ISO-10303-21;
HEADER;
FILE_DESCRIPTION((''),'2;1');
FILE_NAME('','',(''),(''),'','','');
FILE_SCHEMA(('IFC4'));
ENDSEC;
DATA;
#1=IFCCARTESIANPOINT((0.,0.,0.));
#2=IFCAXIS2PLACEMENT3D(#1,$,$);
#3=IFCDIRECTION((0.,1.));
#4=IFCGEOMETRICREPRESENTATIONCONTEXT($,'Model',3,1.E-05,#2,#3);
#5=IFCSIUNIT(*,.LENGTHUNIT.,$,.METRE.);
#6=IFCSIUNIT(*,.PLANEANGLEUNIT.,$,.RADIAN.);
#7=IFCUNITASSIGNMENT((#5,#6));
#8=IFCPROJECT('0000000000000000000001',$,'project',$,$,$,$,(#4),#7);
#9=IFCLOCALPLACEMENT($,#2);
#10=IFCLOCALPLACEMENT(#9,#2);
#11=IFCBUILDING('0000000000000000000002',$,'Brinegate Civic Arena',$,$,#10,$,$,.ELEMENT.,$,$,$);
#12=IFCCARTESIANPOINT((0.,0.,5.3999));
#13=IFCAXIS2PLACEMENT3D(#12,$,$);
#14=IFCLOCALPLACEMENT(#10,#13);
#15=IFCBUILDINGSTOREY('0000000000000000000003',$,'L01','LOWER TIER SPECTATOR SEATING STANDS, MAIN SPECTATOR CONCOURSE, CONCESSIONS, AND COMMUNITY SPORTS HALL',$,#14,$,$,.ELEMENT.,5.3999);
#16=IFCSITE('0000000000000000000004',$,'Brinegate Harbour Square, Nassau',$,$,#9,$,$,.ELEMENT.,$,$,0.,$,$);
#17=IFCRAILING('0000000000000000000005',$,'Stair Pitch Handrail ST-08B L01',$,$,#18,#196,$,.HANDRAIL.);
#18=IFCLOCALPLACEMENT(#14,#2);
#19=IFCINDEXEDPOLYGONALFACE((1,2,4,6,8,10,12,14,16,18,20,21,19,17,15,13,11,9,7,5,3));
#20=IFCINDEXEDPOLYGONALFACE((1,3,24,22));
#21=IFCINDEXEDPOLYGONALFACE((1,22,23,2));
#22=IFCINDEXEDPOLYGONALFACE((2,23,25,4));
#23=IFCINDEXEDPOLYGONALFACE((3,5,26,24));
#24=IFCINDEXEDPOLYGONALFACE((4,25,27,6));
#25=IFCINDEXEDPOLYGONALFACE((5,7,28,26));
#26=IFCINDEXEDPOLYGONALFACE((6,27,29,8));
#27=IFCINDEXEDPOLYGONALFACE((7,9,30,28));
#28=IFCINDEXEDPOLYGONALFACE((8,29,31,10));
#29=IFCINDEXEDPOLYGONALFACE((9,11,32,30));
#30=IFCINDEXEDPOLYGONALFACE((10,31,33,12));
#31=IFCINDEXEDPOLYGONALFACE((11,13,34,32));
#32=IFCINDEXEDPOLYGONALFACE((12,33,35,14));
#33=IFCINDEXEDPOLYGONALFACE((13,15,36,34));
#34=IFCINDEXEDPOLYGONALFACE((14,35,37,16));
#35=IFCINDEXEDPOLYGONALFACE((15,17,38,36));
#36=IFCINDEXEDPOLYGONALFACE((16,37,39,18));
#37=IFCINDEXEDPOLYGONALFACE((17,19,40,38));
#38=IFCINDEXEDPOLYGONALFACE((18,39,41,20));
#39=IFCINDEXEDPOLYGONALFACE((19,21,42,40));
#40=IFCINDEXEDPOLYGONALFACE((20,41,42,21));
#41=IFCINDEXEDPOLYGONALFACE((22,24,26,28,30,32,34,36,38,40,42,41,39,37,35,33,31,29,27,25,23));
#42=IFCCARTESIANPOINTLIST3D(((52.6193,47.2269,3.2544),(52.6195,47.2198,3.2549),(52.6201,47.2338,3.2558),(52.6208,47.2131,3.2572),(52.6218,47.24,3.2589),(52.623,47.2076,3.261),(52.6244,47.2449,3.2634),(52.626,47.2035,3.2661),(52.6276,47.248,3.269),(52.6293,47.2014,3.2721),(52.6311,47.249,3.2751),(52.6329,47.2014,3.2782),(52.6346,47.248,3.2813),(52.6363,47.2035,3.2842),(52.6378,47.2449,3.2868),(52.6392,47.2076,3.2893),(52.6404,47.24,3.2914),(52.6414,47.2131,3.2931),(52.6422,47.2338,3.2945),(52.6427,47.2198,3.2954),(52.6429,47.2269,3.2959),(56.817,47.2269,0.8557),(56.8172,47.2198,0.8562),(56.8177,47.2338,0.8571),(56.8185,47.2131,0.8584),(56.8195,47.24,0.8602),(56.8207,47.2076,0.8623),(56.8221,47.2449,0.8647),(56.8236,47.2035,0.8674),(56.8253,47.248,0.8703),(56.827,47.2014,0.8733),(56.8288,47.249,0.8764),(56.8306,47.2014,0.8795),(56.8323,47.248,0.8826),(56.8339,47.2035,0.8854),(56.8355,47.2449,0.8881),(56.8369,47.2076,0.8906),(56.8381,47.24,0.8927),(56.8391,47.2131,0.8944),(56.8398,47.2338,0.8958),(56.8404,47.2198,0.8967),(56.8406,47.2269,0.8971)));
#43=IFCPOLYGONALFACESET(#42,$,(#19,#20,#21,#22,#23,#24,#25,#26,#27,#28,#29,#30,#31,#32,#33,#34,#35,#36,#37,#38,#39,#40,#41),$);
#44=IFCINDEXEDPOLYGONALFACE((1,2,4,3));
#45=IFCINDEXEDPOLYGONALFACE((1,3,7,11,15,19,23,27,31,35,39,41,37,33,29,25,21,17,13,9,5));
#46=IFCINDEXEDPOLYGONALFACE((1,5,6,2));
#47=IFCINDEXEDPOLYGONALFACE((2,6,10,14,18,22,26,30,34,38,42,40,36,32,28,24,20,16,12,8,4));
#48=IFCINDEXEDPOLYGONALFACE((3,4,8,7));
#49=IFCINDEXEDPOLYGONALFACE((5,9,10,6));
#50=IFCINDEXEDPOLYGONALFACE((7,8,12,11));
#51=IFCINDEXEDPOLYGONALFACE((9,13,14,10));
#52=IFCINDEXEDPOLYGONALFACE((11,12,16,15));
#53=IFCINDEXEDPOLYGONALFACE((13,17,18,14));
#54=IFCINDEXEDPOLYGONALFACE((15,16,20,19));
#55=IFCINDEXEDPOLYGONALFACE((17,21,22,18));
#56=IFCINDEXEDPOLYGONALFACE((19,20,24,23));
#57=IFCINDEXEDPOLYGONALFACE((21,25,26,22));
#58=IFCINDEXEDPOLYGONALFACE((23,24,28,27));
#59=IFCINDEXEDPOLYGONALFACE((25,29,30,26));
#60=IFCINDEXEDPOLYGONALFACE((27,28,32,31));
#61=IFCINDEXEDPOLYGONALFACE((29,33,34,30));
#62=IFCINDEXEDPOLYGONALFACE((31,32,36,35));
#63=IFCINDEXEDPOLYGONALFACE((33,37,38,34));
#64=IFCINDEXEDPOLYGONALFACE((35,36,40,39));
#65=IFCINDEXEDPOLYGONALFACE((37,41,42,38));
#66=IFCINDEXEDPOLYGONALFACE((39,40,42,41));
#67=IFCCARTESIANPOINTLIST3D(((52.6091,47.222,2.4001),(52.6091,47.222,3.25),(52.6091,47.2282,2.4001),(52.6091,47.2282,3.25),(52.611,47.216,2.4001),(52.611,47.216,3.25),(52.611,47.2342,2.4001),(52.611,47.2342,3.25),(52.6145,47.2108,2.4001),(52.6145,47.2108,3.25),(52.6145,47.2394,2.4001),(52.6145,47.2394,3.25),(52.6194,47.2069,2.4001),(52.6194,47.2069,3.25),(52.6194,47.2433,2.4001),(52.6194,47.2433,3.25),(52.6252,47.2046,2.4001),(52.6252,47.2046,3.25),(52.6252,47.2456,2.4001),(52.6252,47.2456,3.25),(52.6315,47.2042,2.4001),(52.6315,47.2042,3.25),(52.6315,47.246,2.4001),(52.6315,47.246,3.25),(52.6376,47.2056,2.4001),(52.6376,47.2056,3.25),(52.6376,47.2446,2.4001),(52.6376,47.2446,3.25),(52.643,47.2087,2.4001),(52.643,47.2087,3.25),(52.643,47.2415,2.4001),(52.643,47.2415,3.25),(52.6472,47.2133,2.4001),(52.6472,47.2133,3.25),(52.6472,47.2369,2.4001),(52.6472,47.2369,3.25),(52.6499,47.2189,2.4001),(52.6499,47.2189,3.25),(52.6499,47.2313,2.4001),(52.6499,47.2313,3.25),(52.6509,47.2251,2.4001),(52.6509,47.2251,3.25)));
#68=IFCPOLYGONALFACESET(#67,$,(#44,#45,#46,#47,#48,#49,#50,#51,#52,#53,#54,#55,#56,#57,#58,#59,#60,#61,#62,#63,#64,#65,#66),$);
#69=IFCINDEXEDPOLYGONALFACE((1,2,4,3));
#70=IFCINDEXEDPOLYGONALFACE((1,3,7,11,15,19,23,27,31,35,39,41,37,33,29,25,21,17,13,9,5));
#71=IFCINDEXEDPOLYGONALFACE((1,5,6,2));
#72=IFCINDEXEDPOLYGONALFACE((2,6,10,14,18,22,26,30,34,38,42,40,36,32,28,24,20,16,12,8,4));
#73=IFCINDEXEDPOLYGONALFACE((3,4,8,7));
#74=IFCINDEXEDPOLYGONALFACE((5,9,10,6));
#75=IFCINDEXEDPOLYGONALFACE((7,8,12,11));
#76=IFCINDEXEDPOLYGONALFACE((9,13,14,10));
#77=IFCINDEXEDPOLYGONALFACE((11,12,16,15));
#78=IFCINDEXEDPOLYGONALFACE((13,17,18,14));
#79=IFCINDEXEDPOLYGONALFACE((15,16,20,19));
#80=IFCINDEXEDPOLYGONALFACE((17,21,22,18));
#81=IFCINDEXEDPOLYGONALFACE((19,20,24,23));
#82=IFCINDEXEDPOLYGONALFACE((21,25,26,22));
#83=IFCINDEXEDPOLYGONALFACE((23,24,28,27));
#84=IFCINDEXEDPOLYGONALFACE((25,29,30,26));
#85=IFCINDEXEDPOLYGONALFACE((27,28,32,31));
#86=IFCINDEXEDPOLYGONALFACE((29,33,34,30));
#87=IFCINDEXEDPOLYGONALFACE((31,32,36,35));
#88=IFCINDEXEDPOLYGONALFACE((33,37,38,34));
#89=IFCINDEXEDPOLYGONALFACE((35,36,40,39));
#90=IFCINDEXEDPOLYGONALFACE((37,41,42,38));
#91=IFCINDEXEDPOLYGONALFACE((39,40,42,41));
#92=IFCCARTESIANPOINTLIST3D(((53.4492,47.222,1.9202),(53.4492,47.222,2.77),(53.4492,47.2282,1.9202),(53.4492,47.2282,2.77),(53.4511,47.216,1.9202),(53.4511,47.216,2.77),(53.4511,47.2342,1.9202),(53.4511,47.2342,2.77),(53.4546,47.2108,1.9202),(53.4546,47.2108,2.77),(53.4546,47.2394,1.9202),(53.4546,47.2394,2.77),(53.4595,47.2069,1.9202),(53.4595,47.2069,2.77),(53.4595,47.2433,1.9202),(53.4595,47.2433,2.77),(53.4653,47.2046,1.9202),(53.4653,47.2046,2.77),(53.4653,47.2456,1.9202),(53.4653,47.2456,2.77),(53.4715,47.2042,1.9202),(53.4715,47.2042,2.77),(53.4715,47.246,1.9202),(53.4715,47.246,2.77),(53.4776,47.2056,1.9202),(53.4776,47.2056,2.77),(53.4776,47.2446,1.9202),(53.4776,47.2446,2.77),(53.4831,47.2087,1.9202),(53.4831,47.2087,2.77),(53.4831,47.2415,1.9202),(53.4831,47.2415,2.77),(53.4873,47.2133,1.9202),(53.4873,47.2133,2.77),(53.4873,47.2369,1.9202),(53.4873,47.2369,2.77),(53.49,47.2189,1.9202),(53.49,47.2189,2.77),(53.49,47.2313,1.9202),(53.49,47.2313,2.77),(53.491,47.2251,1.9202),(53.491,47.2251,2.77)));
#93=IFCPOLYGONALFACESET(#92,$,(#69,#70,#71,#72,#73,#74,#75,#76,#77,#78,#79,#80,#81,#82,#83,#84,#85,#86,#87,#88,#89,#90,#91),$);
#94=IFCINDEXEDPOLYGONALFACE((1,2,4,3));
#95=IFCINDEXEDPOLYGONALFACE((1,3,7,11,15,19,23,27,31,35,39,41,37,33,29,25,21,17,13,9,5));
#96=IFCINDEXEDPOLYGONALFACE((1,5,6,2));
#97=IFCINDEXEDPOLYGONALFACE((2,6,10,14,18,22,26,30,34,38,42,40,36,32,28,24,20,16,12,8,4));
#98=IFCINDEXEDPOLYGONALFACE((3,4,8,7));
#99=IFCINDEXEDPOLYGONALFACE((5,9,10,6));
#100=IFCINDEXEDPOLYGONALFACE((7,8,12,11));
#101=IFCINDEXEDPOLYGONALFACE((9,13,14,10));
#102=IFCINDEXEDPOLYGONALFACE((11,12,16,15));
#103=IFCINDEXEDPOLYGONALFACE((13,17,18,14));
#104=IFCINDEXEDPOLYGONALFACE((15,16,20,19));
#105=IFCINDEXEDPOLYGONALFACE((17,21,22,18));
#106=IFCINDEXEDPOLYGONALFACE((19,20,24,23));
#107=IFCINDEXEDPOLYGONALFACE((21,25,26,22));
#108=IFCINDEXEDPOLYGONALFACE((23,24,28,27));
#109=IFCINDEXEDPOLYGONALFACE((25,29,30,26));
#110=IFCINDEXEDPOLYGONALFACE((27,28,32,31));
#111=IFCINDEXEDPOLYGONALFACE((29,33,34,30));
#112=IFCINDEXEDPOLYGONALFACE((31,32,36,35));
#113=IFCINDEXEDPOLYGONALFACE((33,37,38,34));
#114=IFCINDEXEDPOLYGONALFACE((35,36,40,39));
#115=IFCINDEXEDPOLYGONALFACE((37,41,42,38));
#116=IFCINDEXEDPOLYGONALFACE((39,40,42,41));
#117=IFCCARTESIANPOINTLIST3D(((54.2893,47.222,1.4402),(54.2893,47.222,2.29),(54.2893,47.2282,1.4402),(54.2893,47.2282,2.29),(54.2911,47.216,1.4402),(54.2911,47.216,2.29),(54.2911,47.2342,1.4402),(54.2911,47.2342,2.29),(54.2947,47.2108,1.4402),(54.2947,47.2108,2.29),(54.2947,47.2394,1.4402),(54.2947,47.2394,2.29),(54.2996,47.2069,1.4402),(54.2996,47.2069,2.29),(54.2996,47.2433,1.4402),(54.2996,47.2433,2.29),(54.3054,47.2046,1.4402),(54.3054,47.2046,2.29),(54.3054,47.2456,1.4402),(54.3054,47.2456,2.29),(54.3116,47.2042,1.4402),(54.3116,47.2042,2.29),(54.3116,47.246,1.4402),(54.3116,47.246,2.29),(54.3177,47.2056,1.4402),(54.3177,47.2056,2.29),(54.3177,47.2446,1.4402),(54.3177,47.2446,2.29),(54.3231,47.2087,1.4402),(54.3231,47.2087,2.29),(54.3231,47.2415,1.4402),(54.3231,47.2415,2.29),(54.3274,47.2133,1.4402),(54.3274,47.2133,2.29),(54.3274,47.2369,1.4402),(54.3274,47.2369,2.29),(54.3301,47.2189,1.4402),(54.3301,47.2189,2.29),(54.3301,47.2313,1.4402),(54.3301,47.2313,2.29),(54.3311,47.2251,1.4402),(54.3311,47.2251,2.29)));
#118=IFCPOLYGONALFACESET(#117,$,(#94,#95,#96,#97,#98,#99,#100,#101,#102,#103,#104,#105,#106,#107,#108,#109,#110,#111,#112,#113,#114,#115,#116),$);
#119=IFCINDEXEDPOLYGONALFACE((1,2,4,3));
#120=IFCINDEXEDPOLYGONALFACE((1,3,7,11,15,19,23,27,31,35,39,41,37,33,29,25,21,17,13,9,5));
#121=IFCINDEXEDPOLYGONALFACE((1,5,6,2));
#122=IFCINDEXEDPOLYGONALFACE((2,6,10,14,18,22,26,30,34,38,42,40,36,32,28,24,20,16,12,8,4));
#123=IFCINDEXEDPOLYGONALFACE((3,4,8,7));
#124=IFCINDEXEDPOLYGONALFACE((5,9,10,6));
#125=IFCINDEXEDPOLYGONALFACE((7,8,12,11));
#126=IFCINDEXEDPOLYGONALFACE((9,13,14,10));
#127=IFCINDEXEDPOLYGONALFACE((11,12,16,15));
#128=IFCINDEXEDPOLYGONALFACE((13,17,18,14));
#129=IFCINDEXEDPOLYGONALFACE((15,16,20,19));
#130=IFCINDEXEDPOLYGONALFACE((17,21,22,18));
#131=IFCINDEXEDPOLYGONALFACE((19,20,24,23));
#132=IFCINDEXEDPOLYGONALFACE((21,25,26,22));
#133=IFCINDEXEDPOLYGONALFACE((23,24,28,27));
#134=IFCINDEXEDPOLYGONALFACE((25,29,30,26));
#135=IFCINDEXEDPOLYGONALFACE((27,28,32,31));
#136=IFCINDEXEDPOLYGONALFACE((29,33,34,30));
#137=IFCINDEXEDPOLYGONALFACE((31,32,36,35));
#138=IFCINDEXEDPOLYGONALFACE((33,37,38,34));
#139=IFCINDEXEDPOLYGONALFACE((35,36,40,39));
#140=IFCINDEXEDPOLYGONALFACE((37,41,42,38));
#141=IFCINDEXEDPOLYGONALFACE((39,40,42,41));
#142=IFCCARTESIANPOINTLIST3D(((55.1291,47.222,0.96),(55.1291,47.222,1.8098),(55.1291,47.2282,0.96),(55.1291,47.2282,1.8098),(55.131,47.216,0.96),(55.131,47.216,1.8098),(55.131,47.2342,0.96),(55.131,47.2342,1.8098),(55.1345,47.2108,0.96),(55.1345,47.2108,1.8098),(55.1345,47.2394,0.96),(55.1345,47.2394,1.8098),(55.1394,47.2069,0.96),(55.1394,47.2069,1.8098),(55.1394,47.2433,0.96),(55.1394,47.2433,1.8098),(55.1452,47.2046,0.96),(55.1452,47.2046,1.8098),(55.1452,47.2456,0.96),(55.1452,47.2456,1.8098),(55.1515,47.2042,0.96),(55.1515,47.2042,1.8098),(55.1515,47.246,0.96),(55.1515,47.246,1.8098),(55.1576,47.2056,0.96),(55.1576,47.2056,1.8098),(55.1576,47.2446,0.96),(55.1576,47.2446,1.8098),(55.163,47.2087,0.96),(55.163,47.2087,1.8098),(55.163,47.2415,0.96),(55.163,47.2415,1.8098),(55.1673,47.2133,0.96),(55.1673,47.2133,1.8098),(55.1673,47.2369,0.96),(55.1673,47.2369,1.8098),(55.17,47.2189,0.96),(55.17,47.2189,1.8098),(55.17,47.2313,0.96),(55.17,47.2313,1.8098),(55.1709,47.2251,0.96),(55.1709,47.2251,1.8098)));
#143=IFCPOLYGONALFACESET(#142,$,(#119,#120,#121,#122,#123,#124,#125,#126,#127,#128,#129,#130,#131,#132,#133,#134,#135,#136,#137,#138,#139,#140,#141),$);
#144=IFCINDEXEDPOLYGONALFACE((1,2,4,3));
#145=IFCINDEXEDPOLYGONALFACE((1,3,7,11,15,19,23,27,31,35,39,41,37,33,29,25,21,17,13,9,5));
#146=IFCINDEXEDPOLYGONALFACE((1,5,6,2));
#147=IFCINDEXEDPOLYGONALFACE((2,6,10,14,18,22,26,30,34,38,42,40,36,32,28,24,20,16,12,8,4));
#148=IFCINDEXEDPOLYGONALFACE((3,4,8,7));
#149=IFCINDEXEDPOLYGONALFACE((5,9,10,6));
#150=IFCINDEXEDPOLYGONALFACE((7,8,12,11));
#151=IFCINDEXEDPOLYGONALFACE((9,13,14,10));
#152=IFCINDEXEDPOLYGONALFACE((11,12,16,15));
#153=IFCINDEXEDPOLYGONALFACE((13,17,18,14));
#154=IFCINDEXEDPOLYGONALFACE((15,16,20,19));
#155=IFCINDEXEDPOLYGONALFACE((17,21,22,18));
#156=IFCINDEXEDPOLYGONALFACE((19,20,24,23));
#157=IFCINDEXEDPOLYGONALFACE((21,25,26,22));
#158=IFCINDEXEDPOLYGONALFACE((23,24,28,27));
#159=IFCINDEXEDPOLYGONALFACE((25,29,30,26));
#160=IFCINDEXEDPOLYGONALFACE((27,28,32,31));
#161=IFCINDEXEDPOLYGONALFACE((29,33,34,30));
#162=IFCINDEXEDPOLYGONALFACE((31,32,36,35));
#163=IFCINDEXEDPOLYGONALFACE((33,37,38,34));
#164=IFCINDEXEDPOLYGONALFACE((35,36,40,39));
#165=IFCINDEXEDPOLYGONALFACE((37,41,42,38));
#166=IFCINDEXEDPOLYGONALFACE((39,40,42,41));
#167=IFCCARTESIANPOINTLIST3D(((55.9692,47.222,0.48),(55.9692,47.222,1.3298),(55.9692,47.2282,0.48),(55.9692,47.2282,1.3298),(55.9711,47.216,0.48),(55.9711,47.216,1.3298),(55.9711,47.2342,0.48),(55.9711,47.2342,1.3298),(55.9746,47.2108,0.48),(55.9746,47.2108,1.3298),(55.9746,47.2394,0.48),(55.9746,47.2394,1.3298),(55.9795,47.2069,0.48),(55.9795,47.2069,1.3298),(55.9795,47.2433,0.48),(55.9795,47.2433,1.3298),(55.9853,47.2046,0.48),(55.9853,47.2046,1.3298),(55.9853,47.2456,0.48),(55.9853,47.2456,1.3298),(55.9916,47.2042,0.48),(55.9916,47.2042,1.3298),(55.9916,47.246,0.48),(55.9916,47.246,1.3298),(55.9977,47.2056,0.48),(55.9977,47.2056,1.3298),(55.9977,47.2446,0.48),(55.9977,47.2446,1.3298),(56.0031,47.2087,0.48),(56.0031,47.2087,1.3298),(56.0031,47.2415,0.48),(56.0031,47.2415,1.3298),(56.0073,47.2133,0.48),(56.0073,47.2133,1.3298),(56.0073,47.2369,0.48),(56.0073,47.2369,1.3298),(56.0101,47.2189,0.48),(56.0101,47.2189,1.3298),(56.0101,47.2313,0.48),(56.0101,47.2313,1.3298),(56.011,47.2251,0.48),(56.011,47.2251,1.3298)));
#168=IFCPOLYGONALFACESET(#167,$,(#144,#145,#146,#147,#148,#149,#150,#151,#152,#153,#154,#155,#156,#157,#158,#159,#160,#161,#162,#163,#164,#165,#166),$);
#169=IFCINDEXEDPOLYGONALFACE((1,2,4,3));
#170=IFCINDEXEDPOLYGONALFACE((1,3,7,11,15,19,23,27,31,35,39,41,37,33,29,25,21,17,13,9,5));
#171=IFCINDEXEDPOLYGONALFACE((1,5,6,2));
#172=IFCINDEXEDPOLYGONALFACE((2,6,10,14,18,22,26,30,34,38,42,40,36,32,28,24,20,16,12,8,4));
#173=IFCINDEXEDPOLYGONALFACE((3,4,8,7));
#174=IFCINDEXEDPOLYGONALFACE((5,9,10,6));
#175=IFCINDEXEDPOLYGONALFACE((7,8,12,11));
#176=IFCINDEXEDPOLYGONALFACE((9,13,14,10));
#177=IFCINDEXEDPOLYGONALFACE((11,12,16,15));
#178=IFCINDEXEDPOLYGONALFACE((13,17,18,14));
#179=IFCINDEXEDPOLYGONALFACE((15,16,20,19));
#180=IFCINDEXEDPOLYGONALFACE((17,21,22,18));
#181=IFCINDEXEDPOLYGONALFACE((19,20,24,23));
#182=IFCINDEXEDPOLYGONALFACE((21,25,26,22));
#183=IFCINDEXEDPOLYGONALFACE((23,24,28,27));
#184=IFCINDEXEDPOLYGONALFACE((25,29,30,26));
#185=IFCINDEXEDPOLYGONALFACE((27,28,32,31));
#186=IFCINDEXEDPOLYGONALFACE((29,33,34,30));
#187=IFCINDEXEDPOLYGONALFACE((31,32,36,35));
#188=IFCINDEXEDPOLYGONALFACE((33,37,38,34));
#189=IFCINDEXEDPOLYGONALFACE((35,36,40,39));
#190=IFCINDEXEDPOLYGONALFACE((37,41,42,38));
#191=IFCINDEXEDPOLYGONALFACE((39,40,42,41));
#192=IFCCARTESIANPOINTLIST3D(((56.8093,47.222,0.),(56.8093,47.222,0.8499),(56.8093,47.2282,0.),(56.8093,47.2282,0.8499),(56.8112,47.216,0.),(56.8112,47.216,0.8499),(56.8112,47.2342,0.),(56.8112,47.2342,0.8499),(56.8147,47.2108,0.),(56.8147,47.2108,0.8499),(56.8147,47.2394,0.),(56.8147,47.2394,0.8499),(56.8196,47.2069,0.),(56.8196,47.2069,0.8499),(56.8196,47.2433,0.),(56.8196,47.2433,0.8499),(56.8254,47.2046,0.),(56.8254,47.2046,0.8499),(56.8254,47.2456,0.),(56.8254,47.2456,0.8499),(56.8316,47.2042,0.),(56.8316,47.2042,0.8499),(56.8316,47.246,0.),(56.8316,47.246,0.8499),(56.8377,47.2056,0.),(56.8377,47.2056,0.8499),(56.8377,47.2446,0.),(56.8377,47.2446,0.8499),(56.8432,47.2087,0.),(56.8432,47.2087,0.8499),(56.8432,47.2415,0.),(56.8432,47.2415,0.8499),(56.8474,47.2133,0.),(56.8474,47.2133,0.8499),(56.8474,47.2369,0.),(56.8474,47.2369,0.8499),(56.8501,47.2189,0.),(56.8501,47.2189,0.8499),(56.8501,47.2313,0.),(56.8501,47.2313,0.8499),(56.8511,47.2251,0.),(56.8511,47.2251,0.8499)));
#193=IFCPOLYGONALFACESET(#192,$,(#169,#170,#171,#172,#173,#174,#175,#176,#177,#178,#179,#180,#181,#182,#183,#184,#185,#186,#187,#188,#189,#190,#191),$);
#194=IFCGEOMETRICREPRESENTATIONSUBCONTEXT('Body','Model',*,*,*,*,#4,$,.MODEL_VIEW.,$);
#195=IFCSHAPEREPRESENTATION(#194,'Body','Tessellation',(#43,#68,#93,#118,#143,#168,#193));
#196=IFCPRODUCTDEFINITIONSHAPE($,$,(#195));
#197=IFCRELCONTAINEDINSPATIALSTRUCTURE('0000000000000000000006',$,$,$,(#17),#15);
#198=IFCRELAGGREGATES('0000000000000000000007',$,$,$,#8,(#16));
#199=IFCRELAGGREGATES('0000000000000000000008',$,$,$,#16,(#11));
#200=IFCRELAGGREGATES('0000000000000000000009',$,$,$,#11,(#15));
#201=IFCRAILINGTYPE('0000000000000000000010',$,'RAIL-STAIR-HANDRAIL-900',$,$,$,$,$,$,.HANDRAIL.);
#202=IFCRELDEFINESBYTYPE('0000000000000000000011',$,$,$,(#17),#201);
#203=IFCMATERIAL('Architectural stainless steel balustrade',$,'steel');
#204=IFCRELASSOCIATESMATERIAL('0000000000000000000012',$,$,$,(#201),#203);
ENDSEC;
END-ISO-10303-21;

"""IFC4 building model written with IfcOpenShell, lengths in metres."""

from ifc_helpers import new_model, si_unit, direction, frame, origin, origin_2d, place, context, subcontext, project, spatial, circle, extrude, material, type_object, element, save


model = new_model("IFC4")

# Units and contexts
model_context = context("Model", 3, precision=1e-05, world=origin(), true_north=direction((0.0, 1.0)))
body_context = subcontext(model_context, "Body", "Model", "MODEL_VIEW")
ifc_project = project(units=[si_unit("LENGTHUNIT", "METRE"), si_unit("PLANEANGLEUNIT", "RADIAN")], contexts=[model_context])

# Site, building, storey
site_placement = place(None, origin())
site = spatial("IfcSite", under=ifc_project, at=site_placement, Name="Brinegate Harbour Square, Nassau", CompositionType="ELEMENT", RefElevation=0.0)
building_placement = place(site_placement, origin())
building = spatial("IfcBuilding", under=site, at=building_placement, Name="Brinegate Civic Arena", CompositionType="ELEMENT")
storey_placement = place(building_placement, frame((0.0, 0.0, 5.3999)))
storey = spatial("IfcBuildingStorey", under=building, at=storey_placement, Name="L01", Description="LOWER TIER SPECTATOR SEATING STANDS, MAIN SPECTATOR CONCOURSE, CONCESSIONS, AND COMMUNITY SPORTS HALL", CompositionType="ELEMENT", Elevation=5.3999)

# Railing
ifc_material_1 = material(Name="Architectural stainless steel balustrade", Category="steel")
railing_type_1 = type_object("IfcRailingType", Name="RAIL-STAIR-HANDRAIL-900", PredefinedType="HANDRAIL", material=ifc_material_1)
railing_1_placement = place(storey_placement, frame((52.6299, 47.2251, 2.4001)))
element("IfcRailing", 1, at=railing_1_placement, inside=storey, type_object=railing_type_1, Name="Stair Pitch Handrail ST-08B L01", PredefinedType="HANDRAIL", context=body_context, shape_type="SweptSolid", body=[
    extrude(circle(Radius=0.0239, at=origin_2d()), frame((0.0012, 0.0, 0.875), z_axis=(0.86824, 0.0, -0.496144), x_axis=(0.0, 1.0, 0.0)), (0.0, 0.0, 1.0), 4.8347),
    extrude(circle(Radius=0.021, at=origin_2d()), origin(), (0.0, 0.0, 1.0), 0.8499),
    extrude(circle(Radius=0.021, at=origin_2d()), frame((0.8401, 0.0, -0.48)), (0.0, 0.0, 1.0), 0.8499),
    extrude(circle(Radius=0.021, at=origin_2d()), frame((1.6802, 0.0, -0.96)), (0.0, 0.0, 1.0), 0.8499),
    extrude(circle(Radius=0.021, at=origin_2d()), frame((2.52, 0.0, -1.4402)), (0.0, 0.0, 1.0), 0.8499),
    extrude(circle(Radius=0.021, at=origin_2d()), frame((3.3601, 0.0, -1.9202)), (0.0, 0.0, 1.0), 0.8499),
    extrude(circle(Radius=0.021, at=origin_2d()), frame((4.2002, 0.0, -2.4001)), (0.0, 0.0, 1.0), 0.8499),
])

save(model, "model.ifc")
